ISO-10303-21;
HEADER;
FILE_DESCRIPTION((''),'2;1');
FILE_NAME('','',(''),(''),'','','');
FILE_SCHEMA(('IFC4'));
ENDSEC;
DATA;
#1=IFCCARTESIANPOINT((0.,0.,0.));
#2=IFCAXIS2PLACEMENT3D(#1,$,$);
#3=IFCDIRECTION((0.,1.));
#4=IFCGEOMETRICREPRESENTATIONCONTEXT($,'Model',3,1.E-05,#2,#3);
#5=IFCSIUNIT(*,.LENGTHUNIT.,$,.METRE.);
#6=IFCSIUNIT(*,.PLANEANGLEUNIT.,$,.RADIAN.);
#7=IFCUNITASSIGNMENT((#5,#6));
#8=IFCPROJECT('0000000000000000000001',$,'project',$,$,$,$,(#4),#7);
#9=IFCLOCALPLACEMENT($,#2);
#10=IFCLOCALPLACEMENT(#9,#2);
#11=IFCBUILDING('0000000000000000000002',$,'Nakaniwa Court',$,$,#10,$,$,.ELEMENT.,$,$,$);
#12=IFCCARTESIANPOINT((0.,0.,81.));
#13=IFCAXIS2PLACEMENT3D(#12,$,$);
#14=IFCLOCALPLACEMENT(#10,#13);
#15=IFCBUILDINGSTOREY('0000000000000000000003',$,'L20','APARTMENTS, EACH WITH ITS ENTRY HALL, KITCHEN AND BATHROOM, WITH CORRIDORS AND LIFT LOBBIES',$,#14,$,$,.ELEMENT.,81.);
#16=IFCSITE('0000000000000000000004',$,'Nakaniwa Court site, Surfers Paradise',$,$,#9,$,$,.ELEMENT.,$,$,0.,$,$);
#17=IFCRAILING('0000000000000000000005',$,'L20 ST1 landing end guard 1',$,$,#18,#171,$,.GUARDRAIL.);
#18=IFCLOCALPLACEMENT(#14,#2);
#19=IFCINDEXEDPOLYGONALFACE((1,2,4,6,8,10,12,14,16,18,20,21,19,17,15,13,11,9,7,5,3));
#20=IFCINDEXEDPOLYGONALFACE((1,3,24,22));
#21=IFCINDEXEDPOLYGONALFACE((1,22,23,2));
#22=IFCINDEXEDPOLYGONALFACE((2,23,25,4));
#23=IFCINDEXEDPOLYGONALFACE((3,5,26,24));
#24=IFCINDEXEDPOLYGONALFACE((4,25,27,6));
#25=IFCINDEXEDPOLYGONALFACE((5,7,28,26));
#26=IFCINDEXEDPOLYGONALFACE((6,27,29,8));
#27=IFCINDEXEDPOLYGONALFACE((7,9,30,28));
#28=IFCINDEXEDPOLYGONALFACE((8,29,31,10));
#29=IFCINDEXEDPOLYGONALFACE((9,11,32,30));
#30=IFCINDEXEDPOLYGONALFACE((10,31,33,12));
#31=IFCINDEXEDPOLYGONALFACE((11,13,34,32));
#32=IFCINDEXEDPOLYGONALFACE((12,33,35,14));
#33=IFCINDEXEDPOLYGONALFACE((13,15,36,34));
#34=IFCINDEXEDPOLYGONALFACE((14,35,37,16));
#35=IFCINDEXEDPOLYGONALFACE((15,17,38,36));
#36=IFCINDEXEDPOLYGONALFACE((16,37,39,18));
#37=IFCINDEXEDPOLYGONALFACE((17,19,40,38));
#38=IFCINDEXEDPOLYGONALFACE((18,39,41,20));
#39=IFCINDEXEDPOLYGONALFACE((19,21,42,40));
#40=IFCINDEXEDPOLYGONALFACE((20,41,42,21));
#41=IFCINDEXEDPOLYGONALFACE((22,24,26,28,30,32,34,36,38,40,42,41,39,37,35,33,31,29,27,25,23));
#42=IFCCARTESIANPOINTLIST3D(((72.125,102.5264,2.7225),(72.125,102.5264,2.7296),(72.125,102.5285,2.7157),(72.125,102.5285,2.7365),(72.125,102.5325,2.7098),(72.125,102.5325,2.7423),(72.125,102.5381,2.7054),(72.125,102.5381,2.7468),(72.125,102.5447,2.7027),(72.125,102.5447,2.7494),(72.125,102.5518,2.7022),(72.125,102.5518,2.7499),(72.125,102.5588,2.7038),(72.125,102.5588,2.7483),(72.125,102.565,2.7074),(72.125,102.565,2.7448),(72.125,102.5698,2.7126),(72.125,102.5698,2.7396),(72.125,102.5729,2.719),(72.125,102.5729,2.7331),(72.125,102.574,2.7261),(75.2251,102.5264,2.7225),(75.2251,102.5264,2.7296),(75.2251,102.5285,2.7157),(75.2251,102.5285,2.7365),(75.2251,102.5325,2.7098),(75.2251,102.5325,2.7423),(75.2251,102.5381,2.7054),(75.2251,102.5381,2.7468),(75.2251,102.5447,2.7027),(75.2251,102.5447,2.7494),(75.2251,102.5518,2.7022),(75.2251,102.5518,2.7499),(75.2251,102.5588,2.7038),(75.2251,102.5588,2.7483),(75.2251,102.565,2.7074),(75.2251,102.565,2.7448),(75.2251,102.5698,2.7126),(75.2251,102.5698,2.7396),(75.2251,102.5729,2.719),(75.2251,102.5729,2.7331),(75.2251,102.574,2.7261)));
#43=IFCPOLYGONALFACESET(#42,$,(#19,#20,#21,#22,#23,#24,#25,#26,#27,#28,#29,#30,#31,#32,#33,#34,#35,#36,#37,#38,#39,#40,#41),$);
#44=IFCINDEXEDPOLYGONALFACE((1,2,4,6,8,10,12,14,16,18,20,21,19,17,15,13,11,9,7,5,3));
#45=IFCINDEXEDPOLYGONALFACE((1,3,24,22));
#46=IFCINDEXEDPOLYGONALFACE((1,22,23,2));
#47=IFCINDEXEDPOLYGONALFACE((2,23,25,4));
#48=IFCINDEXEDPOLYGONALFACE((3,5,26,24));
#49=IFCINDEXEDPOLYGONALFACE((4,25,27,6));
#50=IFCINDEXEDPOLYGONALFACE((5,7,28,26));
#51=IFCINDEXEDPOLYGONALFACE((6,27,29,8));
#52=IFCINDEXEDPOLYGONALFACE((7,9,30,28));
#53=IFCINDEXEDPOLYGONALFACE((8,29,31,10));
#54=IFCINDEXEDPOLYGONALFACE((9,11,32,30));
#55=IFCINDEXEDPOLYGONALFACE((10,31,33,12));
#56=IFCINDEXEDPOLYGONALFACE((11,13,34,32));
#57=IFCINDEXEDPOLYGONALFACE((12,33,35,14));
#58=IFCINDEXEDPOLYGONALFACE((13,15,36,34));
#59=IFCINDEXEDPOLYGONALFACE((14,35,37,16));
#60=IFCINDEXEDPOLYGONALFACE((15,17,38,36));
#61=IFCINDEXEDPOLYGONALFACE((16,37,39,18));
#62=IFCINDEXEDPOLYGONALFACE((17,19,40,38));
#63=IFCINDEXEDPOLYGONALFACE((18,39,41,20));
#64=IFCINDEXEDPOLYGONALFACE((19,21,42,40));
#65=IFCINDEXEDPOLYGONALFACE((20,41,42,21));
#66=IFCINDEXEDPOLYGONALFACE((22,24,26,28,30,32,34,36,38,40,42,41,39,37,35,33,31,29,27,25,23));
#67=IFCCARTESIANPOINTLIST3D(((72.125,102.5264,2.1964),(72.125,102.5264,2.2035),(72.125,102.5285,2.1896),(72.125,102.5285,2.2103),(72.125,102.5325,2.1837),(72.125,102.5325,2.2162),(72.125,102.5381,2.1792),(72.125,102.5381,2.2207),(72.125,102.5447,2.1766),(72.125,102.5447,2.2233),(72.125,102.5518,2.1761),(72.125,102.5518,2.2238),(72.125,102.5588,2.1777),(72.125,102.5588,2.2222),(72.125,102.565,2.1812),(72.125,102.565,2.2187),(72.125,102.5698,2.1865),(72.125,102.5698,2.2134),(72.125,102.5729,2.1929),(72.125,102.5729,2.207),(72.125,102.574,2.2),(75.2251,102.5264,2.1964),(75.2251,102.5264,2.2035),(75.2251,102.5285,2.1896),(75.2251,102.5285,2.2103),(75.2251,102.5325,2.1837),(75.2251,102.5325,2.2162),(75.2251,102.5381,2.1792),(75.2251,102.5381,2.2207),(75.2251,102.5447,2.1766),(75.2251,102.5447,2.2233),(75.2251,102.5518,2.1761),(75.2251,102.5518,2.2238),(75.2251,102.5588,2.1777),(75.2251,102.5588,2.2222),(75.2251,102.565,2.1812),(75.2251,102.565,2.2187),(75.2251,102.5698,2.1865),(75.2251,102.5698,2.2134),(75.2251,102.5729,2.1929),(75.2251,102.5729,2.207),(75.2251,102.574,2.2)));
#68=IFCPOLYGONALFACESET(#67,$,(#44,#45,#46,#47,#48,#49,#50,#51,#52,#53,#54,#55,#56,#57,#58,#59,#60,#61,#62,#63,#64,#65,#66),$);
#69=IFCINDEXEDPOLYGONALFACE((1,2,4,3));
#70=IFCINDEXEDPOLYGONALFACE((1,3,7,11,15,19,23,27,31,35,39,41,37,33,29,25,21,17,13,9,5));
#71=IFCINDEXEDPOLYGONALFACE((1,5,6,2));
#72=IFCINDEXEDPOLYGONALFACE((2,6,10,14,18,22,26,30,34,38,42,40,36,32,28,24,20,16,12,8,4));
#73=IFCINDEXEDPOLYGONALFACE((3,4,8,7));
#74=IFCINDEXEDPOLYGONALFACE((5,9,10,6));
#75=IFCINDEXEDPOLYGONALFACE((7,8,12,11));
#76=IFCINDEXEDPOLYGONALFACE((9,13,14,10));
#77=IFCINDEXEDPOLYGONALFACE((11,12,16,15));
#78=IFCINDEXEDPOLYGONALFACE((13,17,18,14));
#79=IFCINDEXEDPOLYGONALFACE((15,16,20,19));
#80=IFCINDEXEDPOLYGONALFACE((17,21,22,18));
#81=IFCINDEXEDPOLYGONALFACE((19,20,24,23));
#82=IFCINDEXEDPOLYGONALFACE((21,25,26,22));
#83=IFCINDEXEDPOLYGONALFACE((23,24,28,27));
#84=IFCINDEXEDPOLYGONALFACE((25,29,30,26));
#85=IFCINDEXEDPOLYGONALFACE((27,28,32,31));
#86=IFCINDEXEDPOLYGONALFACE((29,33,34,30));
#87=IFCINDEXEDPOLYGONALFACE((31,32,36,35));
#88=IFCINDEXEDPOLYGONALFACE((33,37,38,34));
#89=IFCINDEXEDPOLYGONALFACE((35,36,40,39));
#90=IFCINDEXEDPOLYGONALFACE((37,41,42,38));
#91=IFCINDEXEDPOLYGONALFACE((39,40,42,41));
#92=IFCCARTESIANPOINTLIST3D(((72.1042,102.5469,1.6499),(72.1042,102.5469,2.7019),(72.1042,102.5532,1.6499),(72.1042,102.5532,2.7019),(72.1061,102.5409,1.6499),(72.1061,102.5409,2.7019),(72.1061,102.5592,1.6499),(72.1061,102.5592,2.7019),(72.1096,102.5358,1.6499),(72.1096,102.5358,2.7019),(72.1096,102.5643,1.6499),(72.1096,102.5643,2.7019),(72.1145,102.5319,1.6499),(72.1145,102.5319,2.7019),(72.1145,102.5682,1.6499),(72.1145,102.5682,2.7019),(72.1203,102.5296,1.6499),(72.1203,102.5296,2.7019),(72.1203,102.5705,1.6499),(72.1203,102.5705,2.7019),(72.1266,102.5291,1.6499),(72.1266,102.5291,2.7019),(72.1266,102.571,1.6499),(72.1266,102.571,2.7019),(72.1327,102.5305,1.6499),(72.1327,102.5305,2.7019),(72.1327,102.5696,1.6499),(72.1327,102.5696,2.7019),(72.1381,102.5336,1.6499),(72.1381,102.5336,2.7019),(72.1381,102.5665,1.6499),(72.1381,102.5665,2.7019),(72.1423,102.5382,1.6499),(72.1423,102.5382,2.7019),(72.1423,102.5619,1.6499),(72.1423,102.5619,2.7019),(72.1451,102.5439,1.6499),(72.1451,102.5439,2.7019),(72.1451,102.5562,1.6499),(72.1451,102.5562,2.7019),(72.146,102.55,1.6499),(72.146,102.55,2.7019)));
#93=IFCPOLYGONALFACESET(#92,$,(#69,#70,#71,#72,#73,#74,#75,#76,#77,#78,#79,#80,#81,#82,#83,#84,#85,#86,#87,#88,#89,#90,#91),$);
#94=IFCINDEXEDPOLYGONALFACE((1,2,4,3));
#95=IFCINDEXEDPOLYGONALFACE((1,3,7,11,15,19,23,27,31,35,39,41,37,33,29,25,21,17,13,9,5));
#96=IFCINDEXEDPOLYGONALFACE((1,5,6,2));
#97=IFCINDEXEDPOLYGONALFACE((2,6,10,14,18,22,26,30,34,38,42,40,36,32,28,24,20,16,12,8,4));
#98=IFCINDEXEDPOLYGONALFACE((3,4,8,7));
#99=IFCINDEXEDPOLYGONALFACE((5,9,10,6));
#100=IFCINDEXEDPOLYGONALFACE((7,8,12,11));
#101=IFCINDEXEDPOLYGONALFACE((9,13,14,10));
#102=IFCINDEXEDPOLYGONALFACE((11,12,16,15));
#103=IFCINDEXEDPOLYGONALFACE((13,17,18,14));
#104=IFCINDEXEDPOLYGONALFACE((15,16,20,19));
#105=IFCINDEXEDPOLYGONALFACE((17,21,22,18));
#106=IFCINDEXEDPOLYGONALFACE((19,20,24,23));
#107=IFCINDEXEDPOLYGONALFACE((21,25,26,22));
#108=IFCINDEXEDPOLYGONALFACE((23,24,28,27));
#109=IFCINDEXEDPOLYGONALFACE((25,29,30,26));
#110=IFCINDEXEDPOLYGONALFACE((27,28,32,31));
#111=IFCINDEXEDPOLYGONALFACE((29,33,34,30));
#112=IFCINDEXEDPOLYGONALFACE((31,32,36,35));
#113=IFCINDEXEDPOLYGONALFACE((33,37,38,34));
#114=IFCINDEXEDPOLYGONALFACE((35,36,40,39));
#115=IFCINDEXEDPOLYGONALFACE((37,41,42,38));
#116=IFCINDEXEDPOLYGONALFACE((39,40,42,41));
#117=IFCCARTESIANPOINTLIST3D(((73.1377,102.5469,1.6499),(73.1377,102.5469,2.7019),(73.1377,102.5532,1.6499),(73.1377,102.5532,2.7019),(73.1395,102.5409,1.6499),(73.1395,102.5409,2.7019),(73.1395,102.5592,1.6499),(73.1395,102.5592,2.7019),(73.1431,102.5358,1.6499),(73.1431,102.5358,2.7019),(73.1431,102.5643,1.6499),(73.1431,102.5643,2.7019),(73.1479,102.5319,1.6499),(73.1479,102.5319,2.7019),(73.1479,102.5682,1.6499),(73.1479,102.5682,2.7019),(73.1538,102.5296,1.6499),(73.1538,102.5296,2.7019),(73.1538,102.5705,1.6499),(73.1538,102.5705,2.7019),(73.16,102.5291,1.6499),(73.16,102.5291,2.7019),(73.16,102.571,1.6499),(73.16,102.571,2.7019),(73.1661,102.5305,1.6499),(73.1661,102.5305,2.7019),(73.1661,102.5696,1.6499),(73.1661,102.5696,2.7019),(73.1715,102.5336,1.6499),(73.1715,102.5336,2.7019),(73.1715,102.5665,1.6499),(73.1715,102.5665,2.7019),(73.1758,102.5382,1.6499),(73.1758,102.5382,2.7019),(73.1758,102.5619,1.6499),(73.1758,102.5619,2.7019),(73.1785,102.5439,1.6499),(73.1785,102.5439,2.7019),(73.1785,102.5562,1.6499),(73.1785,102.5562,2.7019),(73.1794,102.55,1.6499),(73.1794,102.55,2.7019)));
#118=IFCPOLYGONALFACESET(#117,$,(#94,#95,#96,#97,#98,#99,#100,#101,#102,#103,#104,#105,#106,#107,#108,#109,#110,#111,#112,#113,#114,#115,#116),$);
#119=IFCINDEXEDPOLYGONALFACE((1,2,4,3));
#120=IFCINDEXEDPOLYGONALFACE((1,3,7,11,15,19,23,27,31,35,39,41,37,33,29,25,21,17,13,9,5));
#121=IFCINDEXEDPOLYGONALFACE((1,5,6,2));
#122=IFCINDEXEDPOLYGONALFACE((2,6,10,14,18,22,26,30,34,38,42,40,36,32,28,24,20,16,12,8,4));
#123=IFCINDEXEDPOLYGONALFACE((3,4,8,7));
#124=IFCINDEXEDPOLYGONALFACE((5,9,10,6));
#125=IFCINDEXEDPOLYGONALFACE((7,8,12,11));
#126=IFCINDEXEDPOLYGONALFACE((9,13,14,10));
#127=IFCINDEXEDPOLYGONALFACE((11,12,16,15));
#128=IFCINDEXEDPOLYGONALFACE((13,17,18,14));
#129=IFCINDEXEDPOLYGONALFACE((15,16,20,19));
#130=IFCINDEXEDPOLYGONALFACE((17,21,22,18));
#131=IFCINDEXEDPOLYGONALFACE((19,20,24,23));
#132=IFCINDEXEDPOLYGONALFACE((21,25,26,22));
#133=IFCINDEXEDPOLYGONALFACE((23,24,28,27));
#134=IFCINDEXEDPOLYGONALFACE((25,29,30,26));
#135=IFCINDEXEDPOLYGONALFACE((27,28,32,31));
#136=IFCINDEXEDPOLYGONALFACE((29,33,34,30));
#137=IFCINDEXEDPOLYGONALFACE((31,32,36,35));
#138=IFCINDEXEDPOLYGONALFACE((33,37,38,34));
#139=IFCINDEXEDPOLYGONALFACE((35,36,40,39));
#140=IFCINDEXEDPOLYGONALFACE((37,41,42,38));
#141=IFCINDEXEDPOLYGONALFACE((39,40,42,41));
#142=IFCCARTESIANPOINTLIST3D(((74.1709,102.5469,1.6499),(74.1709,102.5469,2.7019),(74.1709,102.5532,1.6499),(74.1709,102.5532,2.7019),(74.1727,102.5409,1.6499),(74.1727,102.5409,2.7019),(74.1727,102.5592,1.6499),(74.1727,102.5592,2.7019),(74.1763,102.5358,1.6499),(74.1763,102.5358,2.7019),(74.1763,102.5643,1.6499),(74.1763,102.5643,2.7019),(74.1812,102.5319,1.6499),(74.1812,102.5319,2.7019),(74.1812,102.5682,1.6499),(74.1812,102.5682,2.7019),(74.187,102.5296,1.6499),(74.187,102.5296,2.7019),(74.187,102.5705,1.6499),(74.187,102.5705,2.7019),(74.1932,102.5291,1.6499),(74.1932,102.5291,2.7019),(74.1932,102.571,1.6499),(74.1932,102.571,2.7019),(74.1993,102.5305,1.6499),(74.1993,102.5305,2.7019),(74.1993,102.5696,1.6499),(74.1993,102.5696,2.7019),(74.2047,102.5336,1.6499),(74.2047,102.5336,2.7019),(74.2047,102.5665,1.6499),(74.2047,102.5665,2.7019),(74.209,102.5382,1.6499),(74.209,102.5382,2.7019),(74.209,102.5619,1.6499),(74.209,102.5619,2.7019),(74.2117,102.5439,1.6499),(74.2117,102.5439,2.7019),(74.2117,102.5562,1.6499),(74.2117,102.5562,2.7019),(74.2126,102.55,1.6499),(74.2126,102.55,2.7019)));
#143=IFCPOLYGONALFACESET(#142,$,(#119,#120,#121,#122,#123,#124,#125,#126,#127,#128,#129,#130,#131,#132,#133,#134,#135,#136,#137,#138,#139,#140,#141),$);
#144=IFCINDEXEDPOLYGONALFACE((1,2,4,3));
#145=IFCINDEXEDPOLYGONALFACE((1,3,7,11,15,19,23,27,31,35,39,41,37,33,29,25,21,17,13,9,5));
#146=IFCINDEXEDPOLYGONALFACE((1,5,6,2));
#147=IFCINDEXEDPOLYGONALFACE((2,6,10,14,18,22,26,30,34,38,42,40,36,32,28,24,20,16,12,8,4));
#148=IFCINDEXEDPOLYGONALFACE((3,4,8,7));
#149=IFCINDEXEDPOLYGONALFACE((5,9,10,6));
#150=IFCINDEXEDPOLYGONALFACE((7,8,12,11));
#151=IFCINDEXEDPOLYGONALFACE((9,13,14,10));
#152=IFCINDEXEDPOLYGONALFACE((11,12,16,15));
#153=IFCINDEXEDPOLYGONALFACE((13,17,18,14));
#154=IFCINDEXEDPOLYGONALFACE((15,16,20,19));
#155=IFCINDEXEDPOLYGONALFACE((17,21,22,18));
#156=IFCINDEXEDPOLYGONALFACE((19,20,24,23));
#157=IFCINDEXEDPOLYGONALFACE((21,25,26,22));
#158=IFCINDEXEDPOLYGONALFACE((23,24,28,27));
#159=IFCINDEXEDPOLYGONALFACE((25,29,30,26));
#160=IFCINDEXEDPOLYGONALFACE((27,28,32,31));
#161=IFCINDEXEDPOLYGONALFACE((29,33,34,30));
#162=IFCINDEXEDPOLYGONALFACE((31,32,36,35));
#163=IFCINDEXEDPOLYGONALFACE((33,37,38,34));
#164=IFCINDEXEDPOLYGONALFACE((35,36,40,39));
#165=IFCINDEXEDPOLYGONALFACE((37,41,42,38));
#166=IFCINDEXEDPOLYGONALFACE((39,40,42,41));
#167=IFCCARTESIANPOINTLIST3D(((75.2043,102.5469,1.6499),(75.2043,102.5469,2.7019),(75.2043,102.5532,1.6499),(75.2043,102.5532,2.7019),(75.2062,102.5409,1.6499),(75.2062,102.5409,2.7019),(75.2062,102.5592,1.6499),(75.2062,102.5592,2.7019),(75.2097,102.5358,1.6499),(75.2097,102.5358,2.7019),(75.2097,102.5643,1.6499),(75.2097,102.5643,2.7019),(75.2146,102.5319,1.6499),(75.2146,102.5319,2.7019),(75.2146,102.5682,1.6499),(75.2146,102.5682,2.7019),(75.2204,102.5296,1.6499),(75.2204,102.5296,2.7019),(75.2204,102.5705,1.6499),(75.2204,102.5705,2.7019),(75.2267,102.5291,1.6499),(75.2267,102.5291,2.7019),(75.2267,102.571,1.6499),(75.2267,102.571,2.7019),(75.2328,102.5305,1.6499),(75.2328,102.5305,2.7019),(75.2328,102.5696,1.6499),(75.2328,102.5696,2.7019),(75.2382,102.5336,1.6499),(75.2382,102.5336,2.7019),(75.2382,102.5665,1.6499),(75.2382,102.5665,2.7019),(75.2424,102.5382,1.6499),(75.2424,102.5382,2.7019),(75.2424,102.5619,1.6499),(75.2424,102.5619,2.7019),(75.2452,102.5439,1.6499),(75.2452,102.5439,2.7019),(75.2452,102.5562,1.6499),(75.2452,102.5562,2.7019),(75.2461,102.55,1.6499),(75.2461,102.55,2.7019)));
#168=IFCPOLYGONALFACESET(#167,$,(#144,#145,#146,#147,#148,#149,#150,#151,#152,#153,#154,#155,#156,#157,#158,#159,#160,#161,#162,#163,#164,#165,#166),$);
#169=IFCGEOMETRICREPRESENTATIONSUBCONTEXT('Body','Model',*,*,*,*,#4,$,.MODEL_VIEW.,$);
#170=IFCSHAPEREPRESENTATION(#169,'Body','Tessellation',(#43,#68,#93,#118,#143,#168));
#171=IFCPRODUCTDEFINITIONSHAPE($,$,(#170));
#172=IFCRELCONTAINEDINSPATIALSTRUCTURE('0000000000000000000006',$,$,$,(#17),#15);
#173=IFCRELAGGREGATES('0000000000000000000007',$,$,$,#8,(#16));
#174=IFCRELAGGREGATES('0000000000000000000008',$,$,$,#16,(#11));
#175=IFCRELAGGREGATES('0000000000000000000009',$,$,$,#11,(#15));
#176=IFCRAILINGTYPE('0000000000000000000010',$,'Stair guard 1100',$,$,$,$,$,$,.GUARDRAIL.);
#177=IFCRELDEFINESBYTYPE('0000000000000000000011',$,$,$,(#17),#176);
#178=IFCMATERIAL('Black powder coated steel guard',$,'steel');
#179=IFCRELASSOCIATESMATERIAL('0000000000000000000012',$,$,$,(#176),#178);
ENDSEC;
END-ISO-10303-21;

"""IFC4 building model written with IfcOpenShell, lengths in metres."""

from ifc_helpers import new_model, si_unit, direction, frame, origin, origin_2d, place, context, subcontext, project, spatial, circle, extrude, material, type_object, element, save


model = new_model("IFC4")

# Units and contexts
model_context = context("Model", 3, precision=1e-05, world=origin(), true_north=direction((0.0, 1.0)))
body_context = subcontext(model_context, "Body", "Model", "MODEL_VIEW")
ifc_project = project(units=[si_unit("LENGTHUNIT", "METRE"), si_unit("PLANEANGLEUNIT", "RADIAN")], contexts=[model_context])

# Site, building, storey
site_placement = place(None, origin())
site = spatial("IfcSite", under=ifc_project, at=site_placement, Name="Nakaniwa Court site, Surfers Paradise", CompositionType="ELEMENT", RefElevation=0.0)
building_placement = place(site_placement, origin())
building = spatial("IfcBuilding", under=site, at=building_placement, Name="Nakaniwa Court", CompositionType="ELEMENT")
storey_placement = place(building_placement, frame((0.0, 0.0, 81.0)))
storey = spatial("IfcBuildingStorey", under=building, at=storey_placement, Name="L20", Description="APARTMENTS, EACH WITH ITS ENTRY HALL, KITCHEN AND BATHROOM, WITH CORRIDORS AND LIFT LOBBIES", CompositionType="ELEMENT", Elevation=81.0)

# Railing
ifc_material_1 = material(Name="Black powder coated steel guard", Category="steel")
railing_type_1 = type_object("IfcRailingType", Name="Stair guard 1100", PredefinedType="GUARDRAIL", material=ifc_material_1)
railing_1_placement = place(storey_placement, frame((72.125, 102.55, 1.6499)))
element("IfcRailing", 1, at=railing_1_placement, inside=storey, type_object=railing_type_1, Name="L20 ST1 landing end guard 1", PredefinedType="GUARDRAIL", context=body_context, shape_type="SweptSolid", body=[
    extrude(circle(Radius=0.0239, at=origin_2d()), frame((0.0, 0.0, 1.0762), z_axis=(1.0, 0.0, 0.0), x_axis=(0.0, 1.0, 0.0)), (0.0, 0.0, 1.0), 3.1001),
    extrude(circle(Radius=0.0239, at=origin_2d()), frame((0.0, 0.0, 0.55), z_axis=(1.0, 0.0, 0.0), x_axis=(0.0, 1.0, 0.0)), (0.0, 0.0, 1.0), 3.1001),
    extrude(circle(Radius=0.021, at=origin_2d()), origin(), (0.0, 0.0, 1.0), 1.052),
    extrude(circle(Radius=0.021, at=origin_2d()), frame((1.0334, 0.0, 0.0)), (0.0, 0.0, 1.0), 1.052),
    extrude(circle(Radius=0.021, at=origin_2d()), frame((2.0667, 0.0, 0.0)), (0.0, 0.0, 1.0), 1.052),
    extrude(circle(Radius=0.021, at=origin_2d()), frame((3.1001, 0.0, 0.0)), (0.0, 0.0, 1.0), 1.052),
])

save(model, "model.ifc")
